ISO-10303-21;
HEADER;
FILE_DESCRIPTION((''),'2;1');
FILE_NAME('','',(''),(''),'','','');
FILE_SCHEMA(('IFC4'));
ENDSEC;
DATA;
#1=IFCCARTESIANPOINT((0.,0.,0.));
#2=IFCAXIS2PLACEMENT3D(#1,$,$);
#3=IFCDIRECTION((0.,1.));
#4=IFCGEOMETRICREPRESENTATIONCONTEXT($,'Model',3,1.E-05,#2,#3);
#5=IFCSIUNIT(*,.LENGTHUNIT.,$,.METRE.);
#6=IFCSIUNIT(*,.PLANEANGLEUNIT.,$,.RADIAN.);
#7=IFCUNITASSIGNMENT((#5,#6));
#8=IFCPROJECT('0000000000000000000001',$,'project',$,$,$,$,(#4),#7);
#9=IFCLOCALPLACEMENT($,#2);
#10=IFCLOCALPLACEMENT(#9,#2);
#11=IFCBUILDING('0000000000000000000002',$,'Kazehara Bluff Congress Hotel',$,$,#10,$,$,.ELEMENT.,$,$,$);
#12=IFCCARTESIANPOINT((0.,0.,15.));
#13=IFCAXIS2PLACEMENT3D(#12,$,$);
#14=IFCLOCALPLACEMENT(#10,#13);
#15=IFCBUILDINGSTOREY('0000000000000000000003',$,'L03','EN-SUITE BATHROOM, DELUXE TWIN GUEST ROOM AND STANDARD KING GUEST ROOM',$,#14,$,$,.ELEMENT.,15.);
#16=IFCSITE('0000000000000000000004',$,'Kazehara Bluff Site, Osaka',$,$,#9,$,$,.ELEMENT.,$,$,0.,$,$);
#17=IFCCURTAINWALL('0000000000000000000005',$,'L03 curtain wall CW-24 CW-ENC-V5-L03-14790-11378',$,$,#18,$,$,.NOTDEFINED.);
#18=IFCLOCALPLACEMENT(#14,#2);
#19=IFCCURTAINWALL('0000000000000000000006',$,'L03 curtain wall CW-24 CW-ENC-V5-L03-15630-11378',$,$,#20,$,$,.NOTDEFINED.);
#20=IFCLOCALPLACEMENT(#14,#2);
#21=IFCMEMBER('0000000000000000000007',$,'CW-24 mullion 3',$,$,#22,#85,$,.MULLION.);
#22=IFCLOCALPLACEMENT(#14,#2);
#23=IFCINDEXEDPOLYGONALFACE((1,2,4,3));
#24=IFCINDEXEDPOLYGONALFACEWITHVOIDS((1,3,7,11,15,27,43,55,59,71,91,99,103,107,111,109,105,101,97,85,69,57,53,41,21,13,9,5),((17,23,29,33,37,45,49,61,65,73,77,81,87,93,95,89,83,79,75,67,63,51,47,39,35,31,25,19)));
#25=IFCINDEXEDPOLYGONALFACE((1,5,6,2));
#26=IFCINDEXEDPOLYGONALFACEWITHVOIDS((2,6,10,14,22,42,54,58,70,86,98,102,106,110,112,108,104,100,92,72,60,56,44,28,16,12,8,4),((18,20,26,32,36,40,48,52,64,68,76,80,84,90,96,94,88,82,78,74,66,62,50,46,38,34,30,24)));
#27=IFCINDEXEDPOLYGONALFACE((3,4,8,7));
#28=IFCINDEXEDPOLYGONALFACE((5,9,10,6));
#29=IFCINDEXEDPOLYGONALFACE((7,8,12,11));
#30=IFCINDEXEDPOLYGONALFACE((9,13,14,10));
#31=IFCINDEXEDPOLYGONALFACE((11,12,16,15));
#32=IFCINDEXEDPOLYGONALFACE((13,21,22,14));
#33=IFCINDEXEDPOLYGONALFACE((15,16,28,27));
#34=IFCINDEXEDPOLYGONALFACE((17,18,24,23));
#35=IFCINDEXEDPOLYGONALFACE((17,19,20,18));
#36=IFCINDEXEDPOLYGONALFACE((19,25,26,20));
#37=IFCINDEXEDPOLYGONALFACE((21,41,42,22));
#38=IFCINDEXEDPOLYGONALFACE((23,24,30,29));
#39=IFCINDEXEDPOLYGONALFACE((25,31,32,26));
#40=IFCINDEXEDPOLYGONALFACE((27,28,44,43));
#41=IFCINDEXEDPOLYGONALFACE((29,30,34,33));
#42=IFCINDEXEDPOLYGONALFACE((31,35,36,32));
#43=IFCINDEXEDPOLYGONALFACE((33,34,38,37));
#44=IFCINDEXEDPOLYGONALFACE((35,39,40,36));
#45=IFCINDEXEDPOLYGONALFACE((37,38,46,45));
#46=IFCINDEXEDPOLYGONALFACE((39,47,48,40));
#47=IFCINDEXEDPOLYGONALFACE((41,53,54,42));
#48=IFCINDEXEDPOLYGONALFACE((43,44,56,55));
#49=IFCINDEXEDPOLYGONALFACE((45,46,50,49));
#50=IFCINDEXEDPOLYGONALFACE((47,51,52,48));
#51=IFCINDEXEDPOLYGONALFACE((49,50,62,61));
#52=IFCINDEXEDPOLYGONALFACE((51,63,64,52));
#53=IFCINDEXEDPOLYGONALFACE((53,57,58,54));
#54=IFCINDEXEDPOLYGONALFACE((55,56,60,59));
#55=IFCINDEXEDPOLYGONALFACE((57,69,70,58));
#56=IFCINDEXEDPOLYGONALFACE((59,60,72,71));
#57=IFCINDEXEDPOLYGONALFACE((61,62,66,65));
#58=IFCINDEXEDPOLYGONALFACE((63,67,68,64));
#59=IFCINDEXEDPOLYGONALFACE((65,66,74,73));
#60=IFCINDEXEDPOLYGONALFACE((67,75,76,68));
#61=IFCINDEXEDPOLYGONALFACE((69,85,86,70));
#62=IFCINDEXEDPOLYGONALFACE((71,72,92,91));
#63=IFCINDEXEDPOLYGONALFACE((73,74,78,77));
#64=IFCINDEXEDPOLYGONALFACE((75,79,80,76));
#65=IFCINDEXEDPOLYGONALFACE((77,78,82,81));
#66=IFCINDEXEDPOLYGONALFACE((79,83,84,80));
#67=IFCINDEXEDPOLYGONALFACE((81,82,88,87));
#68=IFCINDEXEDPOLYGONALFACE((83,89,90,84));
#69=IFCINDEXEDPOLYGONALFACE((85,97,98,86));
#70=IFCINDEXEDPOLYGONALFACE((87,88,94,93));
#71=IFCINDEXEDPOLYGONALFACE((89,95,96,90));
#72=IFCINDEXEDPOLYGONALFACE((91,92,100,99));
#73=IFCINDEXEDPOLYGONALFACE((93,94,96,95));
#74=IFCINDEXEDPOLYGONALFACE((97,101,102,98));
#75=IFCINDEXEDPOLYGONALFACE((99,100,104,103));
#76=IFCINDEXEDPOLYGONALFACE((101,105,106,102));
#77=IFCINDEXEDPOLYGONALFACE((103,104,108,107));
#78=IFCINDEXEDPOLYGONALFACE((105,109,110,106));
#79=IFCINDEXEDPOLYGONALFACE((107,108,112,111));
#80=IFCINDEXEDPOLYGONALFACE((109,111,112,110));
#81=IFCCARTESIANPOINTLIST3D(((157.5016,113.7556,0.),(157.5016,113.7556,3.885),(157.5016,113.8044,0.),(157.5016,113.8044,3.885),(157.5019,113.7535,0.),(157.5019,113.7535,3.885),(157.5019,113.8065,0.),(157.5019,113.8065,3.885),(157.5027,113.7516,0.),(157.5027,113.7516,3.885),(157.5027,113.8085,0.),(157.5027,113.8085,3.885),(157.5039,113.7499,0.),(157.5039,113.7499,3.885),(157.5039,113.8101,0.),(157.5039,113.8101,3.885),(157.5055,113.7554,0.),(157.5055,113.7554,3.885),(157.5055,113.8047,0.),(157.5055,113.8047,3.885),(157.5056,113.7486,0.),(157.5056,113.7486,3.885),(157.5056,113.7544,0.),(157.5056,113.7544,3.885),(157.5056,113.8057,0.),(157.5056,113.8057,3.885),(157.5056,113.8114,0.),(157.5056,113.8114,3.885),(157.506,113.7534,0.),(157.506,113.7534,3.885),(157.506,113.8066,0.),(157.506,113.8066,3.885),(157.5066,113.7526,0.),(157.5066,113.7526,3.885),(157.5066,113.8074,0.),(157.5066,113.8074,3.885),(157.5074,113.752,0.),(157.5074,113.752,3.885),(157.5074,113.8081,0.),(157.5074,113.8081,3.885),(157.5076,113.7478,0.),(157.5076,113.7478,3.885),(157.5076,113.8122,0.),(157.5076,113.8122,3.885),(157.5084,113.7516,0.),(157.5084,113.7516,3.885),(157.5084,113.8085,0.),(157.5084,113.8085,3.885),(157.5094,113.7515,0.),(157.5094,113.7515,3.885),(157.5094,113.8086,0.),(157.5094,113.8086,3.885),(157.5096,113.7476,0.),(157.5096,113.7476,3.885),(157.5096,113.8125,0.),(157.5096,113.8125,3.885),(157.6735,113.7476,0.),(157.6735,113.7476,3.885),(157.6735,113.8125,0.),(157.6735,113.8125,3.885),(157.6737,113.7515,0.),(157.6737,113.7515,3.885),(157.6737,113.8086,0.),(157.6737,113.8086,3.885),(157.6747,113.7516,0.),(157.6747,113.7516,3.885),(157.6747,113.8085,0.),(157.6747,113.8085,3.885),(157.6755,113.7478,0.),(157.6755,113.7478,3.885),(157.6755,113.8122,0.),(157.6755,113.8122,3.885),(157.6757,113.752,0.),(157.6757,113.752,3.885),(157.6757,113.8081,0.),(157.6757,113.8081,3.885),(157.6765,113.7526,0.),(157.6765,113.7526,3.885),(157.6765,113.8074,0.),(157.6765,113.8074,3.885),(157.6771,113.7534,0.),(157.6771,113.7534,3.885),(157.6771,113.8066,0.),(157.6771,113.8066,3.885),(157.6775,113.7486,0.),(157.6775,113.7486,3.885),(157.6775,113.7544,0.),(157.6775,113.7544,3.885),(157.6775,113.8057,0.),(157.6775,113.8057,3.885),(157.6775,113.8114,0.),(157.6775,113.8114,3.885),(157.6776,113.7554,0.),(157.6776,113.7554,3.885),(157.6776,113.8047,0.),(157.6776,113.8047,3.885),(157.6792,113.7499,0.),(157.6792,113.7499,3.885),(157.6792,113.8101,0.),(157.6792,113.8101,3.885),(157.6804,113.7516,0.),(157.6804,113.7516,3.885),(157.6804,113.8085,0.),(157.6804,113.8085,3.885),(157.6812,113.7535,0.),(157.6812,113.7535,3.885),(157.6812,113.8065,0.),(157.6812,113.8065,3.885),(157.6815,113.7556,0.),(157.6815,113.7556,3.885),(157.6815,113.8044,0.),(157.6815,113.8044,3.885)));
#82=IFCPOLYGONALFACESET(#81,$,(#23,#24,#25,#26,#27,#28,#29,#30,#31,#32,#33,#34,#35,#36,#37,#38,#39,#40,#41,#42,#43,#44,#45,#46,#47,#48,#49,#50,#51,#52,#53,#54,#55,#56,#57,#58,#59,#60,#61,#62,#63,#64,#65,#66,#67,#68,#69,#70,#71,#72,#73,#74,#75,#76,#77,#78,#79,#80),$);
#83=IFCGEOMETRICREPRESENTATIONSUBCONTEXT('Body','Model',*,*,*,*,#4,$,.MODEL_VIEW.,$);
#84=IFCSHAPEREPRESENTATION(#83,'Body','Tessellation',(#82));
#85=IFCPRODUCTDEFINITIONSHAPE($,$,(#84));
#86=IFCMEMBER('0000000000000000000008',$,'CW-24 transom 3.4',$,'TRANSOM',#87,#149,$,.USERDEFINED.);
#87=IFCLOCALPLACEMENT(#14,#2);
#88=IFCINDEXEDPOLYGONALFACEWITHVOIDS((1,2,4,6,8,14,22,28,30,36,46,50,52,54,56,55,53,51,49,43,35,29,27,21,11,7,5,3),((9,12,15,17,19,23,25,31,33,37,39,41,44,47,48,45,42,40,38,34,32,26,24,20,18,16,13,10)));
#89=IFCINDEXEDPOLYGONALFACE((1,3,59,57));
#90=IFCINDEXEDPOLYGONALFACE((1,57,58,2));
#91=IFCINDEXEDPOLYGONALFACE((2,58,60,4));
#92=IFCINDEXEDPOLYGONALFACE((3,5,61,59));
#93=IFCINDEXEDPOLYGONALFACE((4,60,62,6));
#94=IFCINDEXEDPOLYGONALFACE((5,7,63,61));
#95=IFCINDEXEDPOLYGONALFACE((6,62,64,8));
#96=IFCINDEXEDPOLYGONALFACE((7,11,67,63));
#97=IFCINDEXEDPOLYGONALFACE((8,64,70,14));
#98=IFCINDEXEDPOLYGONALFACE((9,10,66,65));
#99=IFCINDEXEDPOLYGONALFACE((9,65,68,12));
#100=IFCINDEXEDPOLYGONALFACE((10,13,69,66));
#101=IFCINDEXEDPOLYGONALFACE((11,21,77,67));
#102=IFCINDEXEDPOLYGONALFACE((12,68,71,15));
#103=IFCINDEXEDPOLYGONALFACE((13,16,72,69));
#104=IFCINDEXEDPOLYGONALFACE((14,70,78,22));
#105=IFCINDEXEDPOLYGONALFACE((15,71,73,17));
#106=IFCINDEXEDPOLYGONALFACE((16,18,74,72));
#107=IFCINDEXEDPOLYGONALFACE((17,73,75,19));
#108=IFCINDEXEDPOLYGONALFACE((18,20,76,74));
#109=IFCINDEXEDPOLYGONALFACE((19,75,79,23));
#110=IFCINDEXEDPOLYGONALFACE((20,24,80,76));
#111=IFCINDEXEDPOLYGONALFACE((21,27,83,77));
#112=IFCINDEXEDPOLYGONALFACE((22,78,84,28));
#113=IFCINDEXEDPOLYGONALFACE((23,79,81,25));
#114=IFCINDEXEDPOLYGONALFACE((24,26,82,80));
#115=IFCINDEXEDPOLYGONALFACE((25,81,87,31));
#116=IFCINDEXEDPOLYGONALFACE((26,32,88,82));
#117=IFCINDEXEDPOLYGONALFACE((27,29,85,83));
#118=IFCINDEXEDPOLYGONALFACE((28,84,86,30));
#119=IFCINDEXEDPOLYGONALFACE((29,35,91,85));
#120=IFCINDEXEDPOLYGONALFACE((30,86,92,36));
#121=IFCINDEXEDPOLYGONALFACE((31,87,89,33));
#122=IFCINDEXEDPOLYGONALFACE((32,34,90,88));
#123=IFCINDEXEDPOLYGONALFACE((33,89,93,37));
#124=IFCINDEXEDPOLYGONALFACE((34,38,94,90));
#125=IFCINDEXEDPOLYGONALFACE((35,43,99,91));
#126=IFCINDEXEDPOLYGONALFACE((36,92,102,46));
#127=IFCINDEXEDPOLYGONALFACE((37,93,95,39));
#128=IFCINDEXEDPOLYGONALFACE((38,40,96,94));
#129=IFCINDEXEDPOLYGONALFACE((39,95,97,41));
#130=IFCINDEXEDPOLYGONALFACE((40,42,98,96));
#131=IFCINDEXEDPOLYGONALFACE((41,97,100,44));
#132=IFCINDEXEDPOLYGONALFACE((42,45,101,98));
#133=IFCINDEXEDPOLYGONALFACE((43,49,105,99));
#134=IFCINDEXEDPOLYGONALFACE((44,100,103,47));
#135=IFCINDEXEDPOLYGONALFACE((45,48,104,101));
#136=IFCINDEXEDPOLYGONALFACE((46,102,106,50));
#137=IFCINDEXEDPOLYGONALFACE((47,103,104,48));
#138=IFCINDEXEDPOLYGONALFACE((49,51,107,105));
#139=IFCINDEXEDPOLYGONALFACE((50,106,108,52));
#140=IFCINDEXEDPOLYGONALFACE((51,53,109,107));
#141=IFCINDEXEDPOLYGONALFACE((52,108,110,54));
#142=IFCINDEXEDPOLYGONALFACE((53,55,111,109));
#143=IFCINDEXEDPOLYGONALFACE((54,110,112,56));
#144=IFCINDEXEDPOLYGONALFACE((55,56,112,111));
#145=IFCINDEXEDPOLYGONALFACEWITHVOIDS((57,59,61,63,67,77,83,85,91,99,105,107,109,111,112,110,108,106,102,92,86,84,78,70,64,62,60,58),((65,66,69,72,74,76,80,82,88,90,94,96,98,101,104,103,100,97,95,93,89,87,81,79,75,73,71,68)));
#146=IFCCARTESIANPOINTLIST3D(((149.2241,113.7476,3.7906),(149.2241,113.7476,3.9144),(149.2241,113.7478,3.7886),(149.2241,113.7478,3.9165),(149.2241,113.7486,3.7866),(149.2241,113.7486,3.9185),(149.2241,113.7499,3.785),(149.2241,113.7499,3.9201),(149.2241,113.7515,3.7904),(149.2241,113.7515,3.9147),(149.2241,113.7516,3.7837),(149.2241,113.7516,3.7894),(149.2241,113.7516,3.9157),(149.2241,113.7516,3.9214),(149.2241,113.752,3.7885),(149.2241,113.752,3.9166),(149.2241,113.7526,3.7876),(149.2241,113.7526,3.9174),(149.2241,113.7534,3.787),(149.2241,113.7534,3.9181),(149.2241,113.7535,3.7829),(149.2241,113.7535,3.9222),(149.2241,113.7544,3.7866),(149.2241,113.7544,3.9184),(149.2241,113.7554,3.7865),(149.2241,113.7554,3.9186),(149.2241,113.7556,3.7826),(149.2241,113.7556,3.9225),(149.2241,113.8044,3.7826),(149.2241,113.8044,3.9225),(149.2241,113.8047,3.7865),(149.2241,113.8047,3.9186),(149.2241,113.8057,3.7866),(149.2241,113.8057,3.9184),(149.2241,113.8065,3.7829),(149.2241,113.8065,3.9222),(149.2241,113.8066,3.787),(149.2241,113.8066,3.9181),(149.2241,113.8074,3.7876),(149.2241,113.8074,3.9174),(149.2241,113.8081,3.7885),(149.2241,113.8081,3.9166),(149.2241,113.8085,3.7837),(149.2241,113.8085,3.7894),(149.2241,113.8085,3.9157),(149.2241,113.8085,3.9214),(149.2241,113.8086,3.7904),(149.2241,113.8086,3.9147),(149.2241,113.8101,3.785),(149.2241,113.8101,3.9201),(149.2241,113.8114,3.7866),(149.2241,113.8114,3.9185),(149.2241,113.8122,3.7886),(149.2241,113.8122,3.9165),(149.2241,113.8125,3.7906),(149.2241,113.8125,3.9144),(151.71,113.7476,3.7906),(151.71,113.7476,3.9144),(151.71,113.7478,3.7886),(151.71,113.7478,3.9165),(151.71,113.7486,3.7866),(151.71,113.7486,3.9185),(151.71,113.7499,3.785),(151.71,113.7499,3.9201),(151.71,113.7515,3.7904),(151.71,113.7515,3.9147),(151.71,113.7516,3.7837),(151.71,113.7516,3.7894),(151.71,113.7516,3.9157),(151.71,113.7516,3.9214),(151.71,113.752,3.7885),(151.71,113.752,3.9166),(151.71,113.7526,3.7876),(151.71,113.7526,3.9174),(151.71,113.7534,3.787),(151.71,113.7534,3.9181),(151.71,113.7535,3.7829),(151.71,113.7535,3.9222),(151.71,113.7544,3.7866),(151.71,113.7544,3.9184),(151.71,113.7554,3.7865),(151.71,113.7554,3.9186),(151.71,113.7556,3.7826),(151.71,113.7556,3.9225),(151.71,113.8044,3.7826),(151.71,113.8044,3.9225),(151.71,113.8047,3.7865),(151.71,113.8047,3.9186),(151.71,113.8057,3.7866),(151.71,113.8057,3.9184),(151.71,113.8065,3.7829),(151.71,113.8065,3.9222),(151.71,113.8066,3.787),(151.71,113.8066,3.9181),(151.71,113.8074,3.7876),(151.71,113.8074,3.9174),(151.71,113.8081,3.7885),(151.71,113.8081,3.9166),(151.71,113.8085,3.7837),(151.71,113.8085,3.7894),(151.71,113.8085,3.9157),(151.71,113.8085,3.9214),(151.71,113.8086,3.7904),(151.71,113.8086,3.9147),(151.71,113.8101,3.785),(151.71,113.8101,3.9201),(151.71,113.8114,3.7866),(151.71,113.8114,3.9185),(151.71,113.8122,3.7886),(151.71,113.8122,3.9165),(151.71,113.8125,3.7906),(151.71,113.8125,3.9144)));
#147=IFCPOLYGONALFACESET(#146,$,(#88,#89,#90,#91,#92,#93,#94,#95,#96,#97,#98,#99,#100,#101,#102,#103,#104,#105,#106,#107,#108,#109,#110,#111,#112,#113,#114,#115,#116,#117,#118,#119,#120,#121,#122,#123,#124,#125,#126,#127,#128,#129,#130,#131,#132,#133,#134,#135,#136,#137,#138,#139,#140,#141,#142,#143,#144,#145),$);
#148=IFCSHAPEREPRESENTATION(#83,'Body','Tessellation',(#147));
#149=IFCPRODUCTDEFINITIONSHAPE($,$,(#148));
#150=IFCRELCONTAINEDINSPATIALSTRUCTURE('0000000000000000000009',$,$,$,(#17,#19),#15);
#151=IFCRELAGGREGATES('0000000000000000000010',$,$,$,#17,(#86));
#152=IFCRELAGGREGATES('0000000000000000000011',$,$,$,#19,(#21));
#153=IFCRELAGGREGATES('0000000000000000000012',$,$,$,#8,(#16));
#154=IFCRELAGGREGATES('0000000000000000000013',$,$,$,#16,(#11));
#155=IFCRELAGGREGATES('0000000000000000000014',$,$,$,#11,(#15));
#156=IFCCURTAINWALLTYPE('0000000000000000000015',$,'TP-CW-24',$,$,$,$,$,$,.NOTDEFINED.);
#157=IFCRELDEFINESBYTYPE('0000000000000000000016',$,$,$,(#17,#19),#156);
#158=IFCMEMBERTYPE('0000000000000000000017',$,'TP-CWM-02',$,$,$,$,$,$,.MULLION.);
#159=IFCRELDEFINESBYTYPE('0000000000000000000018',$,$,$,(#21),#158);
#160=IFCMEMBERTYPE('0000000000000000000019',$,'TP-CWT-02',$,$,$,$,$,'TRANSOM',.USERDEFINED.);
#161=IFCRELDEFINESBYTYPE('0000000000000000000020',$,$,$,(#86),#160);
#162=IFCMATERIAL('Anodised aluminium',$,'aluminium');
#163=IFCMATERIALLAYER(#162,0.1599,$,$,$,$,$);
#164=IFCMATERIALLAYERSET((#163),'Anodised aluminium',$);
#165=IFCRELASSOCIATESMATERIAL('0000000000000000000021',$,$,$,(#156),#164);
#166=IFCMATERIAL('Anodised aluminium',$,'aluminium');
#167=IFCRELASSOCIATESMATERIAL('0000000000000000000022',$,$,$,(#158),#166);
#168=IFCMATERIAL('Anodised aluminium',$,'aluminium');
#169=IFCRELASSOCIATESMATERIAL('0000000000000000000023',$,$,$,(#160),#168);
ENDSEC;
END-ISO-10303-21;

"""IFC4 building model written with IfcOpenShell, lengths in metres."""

from ifc_helpers import new_model, si_unit, direction, frame, origin, origin_2d, place, context, subcontext, project, spatial, hollow_rectangle, extrude, material, layer, layer_set, material_profile, profile_set, type_object, element, aggregate, save


model = new_model("IFC4")

# Units and contexts
model_context = context("Model", 3, precision=1e-05, world=origin(), true_north=direction((0.0, 1.0)))
body_context = subcontext(model_context, "Body", "Model", "MODEL_VIEW")
ifc_project = project(units=[si_unit("LENGTHUNIT", "METRE"), si_unit("PLANEANGLEUNIT", "RADIAN")], contexts=[model_context])

# Site, building, storey
site_placement = place(None, origin())
site = spatial("IfcSite", under=ifc_project, at=site_placement, Name="Kazehara Bluff Site, Osaka", CompositionType="ELEMENT", RefElevation=0.0)
building_placement = place(site_placement, origin())
building = spatial("IfcBuilding", under=site, at=building_placement, Name="Kazehara Bluff Congress Hotel", CompositionType="ELEMENT")
storey_placement = place(building_placement, frame((0.0, 0.0, 15.0)))
storey = spatial("IfcBuildingStorey", under=building, at=storey_placement, Name="L03", Description="EN-SUITE BATHROOM, DELUXE TWIN GUEST ROOM AND STANDARD KING GUEST ROOM", CompositionType="ELEMENT", Elevation=15.0)

# Curtain wall
ifc_material_1 = material(Name="Anodised aluminium", Category="aluminium")
ifc_layer_1 = layer(ifc_material_1, 0.1599)
ifc_layer_set_1 = layer_set([ifc_layer_1], Name="Anodised aluminium")
curtain_wall_type = type_object("IfcCurtainWallType", Name="TP-CW-24", PredefinedType="NOTDEFINED", material=ifc_layer_set_1)
curtain_wall_1_placement = place(storey_placement, origin())
curtain_wall_1 = element("IfcCurtainWall", 1, at=curtain_wall_1_placement, inside=storey, type_object=curtain_wall_type, Name="L03 curtain wall CW-24 CW-ENC-V5-L03-14790-11378", PredefinedType="NOTDEFINED")
ifc_material_2 = material(Name="Anodised aluminium", Category="aluminium")
ifc_material_profile_1 = material_profile(ifc_material_2, hollow_rectangle(XDim=0.0649, YDim=0.1799, WallThickness=0.0039, InnerFilletRadius=0.0039, OuterFilletRadius=0.0081, at=origin_2d()))
ifc_profile_set_1 = profile_set([ifc_material_profile_1], Name="Anodised aluminium")
member_type_1 = type_object("IfcMemberType", Name="TP-CWM-02", PredefinedType="MULLION", material=ifc_profile_set_1)

# Curtain wall, member
curtain_wall_2_placement = place(storey_placement, origin())
curtain_wall_2 = element("IfcCurtainWall", 2, at=curtain_wall_2_placement, inside=storey, type_object=curtain_wall_type, Name="L03 curtain wall CW-24 CW-ENC-V5-L03-15630-11378", PredefinedType="NOTDEFINED")
member_1_placement = place(storey_placement, frame((157.5916, 113.78, 0.0), z_axis=(0.0, 0.0, 1.0), x_axis=(0.0, 1.0, 0.0)))
member_1 = element("IfcMember", 3, at=member_1_placement, type_object=member_type_1, Name="CW-24 mullion 3", PredefinedType="MULLION", context=body_context, shape_type="SweptSolid", body=[
    extrude(hollow_rectangle(XDim=0.0649, YDim=0.1799, WallThickness=0.0039, InnerFilletRadius=0.0039, OuterFilletRadius=0.0081, at=origin_2d()), origin(), (0.0, 0.0, 1.0), 3.885),
])

# Member
ifc_material_3 = material(Name="Anodised aluminium", Category="aluminium")
ifc_material_profile_2 = material_profile(ifc_material_3, hollow_rectangle(XDim=0.0649, YDim=0.1399, WallThickness=0.0039, InnerFilletRadius=0.0039, OuterFilletRadius=0.0081, at=origin_2d()))
ifc_profile_set_2 = profile_set([ifc_material_profile_2], Name="Anodised aluminium")
member_type_2 = type_object("IfcMemberType", Name="TP-CWT-02", ElementType="TRANSOM", PredefinedType="USERDEFINED", material=ifc_profile_set_2)
member_2_placement = place(storey_placement, frame((149.2241, 113.78, 3.8525), z_axis=(1.0, 0.0, 0.0), x_axis=(0.0, 1.0, 0.0)))
member_2 = element("IfcMember", 4, at=member_2_placement, type_object=member_type_2, Name="CW-24 transom 3.4", ObjectType="TRANSOM", PredefinedType="USERDEFINED", context=body_context, shape_type="SweptSolid", body=[
    extrude(hollow_rectangle(XDim=0.0649, YDim=0.1399, WallThickness=0.0039, InnerFilletRadius=0.0039, OuterFilletRadius=0.0081, at=origin_2d()), origin(), (0.0, 0.0, 1.0), 2.4858),
])

aggregate(curtain_wall_1, [member_2])
aggregate(curtain_wall_2, [member_1])

save(model, "model.ifc")
